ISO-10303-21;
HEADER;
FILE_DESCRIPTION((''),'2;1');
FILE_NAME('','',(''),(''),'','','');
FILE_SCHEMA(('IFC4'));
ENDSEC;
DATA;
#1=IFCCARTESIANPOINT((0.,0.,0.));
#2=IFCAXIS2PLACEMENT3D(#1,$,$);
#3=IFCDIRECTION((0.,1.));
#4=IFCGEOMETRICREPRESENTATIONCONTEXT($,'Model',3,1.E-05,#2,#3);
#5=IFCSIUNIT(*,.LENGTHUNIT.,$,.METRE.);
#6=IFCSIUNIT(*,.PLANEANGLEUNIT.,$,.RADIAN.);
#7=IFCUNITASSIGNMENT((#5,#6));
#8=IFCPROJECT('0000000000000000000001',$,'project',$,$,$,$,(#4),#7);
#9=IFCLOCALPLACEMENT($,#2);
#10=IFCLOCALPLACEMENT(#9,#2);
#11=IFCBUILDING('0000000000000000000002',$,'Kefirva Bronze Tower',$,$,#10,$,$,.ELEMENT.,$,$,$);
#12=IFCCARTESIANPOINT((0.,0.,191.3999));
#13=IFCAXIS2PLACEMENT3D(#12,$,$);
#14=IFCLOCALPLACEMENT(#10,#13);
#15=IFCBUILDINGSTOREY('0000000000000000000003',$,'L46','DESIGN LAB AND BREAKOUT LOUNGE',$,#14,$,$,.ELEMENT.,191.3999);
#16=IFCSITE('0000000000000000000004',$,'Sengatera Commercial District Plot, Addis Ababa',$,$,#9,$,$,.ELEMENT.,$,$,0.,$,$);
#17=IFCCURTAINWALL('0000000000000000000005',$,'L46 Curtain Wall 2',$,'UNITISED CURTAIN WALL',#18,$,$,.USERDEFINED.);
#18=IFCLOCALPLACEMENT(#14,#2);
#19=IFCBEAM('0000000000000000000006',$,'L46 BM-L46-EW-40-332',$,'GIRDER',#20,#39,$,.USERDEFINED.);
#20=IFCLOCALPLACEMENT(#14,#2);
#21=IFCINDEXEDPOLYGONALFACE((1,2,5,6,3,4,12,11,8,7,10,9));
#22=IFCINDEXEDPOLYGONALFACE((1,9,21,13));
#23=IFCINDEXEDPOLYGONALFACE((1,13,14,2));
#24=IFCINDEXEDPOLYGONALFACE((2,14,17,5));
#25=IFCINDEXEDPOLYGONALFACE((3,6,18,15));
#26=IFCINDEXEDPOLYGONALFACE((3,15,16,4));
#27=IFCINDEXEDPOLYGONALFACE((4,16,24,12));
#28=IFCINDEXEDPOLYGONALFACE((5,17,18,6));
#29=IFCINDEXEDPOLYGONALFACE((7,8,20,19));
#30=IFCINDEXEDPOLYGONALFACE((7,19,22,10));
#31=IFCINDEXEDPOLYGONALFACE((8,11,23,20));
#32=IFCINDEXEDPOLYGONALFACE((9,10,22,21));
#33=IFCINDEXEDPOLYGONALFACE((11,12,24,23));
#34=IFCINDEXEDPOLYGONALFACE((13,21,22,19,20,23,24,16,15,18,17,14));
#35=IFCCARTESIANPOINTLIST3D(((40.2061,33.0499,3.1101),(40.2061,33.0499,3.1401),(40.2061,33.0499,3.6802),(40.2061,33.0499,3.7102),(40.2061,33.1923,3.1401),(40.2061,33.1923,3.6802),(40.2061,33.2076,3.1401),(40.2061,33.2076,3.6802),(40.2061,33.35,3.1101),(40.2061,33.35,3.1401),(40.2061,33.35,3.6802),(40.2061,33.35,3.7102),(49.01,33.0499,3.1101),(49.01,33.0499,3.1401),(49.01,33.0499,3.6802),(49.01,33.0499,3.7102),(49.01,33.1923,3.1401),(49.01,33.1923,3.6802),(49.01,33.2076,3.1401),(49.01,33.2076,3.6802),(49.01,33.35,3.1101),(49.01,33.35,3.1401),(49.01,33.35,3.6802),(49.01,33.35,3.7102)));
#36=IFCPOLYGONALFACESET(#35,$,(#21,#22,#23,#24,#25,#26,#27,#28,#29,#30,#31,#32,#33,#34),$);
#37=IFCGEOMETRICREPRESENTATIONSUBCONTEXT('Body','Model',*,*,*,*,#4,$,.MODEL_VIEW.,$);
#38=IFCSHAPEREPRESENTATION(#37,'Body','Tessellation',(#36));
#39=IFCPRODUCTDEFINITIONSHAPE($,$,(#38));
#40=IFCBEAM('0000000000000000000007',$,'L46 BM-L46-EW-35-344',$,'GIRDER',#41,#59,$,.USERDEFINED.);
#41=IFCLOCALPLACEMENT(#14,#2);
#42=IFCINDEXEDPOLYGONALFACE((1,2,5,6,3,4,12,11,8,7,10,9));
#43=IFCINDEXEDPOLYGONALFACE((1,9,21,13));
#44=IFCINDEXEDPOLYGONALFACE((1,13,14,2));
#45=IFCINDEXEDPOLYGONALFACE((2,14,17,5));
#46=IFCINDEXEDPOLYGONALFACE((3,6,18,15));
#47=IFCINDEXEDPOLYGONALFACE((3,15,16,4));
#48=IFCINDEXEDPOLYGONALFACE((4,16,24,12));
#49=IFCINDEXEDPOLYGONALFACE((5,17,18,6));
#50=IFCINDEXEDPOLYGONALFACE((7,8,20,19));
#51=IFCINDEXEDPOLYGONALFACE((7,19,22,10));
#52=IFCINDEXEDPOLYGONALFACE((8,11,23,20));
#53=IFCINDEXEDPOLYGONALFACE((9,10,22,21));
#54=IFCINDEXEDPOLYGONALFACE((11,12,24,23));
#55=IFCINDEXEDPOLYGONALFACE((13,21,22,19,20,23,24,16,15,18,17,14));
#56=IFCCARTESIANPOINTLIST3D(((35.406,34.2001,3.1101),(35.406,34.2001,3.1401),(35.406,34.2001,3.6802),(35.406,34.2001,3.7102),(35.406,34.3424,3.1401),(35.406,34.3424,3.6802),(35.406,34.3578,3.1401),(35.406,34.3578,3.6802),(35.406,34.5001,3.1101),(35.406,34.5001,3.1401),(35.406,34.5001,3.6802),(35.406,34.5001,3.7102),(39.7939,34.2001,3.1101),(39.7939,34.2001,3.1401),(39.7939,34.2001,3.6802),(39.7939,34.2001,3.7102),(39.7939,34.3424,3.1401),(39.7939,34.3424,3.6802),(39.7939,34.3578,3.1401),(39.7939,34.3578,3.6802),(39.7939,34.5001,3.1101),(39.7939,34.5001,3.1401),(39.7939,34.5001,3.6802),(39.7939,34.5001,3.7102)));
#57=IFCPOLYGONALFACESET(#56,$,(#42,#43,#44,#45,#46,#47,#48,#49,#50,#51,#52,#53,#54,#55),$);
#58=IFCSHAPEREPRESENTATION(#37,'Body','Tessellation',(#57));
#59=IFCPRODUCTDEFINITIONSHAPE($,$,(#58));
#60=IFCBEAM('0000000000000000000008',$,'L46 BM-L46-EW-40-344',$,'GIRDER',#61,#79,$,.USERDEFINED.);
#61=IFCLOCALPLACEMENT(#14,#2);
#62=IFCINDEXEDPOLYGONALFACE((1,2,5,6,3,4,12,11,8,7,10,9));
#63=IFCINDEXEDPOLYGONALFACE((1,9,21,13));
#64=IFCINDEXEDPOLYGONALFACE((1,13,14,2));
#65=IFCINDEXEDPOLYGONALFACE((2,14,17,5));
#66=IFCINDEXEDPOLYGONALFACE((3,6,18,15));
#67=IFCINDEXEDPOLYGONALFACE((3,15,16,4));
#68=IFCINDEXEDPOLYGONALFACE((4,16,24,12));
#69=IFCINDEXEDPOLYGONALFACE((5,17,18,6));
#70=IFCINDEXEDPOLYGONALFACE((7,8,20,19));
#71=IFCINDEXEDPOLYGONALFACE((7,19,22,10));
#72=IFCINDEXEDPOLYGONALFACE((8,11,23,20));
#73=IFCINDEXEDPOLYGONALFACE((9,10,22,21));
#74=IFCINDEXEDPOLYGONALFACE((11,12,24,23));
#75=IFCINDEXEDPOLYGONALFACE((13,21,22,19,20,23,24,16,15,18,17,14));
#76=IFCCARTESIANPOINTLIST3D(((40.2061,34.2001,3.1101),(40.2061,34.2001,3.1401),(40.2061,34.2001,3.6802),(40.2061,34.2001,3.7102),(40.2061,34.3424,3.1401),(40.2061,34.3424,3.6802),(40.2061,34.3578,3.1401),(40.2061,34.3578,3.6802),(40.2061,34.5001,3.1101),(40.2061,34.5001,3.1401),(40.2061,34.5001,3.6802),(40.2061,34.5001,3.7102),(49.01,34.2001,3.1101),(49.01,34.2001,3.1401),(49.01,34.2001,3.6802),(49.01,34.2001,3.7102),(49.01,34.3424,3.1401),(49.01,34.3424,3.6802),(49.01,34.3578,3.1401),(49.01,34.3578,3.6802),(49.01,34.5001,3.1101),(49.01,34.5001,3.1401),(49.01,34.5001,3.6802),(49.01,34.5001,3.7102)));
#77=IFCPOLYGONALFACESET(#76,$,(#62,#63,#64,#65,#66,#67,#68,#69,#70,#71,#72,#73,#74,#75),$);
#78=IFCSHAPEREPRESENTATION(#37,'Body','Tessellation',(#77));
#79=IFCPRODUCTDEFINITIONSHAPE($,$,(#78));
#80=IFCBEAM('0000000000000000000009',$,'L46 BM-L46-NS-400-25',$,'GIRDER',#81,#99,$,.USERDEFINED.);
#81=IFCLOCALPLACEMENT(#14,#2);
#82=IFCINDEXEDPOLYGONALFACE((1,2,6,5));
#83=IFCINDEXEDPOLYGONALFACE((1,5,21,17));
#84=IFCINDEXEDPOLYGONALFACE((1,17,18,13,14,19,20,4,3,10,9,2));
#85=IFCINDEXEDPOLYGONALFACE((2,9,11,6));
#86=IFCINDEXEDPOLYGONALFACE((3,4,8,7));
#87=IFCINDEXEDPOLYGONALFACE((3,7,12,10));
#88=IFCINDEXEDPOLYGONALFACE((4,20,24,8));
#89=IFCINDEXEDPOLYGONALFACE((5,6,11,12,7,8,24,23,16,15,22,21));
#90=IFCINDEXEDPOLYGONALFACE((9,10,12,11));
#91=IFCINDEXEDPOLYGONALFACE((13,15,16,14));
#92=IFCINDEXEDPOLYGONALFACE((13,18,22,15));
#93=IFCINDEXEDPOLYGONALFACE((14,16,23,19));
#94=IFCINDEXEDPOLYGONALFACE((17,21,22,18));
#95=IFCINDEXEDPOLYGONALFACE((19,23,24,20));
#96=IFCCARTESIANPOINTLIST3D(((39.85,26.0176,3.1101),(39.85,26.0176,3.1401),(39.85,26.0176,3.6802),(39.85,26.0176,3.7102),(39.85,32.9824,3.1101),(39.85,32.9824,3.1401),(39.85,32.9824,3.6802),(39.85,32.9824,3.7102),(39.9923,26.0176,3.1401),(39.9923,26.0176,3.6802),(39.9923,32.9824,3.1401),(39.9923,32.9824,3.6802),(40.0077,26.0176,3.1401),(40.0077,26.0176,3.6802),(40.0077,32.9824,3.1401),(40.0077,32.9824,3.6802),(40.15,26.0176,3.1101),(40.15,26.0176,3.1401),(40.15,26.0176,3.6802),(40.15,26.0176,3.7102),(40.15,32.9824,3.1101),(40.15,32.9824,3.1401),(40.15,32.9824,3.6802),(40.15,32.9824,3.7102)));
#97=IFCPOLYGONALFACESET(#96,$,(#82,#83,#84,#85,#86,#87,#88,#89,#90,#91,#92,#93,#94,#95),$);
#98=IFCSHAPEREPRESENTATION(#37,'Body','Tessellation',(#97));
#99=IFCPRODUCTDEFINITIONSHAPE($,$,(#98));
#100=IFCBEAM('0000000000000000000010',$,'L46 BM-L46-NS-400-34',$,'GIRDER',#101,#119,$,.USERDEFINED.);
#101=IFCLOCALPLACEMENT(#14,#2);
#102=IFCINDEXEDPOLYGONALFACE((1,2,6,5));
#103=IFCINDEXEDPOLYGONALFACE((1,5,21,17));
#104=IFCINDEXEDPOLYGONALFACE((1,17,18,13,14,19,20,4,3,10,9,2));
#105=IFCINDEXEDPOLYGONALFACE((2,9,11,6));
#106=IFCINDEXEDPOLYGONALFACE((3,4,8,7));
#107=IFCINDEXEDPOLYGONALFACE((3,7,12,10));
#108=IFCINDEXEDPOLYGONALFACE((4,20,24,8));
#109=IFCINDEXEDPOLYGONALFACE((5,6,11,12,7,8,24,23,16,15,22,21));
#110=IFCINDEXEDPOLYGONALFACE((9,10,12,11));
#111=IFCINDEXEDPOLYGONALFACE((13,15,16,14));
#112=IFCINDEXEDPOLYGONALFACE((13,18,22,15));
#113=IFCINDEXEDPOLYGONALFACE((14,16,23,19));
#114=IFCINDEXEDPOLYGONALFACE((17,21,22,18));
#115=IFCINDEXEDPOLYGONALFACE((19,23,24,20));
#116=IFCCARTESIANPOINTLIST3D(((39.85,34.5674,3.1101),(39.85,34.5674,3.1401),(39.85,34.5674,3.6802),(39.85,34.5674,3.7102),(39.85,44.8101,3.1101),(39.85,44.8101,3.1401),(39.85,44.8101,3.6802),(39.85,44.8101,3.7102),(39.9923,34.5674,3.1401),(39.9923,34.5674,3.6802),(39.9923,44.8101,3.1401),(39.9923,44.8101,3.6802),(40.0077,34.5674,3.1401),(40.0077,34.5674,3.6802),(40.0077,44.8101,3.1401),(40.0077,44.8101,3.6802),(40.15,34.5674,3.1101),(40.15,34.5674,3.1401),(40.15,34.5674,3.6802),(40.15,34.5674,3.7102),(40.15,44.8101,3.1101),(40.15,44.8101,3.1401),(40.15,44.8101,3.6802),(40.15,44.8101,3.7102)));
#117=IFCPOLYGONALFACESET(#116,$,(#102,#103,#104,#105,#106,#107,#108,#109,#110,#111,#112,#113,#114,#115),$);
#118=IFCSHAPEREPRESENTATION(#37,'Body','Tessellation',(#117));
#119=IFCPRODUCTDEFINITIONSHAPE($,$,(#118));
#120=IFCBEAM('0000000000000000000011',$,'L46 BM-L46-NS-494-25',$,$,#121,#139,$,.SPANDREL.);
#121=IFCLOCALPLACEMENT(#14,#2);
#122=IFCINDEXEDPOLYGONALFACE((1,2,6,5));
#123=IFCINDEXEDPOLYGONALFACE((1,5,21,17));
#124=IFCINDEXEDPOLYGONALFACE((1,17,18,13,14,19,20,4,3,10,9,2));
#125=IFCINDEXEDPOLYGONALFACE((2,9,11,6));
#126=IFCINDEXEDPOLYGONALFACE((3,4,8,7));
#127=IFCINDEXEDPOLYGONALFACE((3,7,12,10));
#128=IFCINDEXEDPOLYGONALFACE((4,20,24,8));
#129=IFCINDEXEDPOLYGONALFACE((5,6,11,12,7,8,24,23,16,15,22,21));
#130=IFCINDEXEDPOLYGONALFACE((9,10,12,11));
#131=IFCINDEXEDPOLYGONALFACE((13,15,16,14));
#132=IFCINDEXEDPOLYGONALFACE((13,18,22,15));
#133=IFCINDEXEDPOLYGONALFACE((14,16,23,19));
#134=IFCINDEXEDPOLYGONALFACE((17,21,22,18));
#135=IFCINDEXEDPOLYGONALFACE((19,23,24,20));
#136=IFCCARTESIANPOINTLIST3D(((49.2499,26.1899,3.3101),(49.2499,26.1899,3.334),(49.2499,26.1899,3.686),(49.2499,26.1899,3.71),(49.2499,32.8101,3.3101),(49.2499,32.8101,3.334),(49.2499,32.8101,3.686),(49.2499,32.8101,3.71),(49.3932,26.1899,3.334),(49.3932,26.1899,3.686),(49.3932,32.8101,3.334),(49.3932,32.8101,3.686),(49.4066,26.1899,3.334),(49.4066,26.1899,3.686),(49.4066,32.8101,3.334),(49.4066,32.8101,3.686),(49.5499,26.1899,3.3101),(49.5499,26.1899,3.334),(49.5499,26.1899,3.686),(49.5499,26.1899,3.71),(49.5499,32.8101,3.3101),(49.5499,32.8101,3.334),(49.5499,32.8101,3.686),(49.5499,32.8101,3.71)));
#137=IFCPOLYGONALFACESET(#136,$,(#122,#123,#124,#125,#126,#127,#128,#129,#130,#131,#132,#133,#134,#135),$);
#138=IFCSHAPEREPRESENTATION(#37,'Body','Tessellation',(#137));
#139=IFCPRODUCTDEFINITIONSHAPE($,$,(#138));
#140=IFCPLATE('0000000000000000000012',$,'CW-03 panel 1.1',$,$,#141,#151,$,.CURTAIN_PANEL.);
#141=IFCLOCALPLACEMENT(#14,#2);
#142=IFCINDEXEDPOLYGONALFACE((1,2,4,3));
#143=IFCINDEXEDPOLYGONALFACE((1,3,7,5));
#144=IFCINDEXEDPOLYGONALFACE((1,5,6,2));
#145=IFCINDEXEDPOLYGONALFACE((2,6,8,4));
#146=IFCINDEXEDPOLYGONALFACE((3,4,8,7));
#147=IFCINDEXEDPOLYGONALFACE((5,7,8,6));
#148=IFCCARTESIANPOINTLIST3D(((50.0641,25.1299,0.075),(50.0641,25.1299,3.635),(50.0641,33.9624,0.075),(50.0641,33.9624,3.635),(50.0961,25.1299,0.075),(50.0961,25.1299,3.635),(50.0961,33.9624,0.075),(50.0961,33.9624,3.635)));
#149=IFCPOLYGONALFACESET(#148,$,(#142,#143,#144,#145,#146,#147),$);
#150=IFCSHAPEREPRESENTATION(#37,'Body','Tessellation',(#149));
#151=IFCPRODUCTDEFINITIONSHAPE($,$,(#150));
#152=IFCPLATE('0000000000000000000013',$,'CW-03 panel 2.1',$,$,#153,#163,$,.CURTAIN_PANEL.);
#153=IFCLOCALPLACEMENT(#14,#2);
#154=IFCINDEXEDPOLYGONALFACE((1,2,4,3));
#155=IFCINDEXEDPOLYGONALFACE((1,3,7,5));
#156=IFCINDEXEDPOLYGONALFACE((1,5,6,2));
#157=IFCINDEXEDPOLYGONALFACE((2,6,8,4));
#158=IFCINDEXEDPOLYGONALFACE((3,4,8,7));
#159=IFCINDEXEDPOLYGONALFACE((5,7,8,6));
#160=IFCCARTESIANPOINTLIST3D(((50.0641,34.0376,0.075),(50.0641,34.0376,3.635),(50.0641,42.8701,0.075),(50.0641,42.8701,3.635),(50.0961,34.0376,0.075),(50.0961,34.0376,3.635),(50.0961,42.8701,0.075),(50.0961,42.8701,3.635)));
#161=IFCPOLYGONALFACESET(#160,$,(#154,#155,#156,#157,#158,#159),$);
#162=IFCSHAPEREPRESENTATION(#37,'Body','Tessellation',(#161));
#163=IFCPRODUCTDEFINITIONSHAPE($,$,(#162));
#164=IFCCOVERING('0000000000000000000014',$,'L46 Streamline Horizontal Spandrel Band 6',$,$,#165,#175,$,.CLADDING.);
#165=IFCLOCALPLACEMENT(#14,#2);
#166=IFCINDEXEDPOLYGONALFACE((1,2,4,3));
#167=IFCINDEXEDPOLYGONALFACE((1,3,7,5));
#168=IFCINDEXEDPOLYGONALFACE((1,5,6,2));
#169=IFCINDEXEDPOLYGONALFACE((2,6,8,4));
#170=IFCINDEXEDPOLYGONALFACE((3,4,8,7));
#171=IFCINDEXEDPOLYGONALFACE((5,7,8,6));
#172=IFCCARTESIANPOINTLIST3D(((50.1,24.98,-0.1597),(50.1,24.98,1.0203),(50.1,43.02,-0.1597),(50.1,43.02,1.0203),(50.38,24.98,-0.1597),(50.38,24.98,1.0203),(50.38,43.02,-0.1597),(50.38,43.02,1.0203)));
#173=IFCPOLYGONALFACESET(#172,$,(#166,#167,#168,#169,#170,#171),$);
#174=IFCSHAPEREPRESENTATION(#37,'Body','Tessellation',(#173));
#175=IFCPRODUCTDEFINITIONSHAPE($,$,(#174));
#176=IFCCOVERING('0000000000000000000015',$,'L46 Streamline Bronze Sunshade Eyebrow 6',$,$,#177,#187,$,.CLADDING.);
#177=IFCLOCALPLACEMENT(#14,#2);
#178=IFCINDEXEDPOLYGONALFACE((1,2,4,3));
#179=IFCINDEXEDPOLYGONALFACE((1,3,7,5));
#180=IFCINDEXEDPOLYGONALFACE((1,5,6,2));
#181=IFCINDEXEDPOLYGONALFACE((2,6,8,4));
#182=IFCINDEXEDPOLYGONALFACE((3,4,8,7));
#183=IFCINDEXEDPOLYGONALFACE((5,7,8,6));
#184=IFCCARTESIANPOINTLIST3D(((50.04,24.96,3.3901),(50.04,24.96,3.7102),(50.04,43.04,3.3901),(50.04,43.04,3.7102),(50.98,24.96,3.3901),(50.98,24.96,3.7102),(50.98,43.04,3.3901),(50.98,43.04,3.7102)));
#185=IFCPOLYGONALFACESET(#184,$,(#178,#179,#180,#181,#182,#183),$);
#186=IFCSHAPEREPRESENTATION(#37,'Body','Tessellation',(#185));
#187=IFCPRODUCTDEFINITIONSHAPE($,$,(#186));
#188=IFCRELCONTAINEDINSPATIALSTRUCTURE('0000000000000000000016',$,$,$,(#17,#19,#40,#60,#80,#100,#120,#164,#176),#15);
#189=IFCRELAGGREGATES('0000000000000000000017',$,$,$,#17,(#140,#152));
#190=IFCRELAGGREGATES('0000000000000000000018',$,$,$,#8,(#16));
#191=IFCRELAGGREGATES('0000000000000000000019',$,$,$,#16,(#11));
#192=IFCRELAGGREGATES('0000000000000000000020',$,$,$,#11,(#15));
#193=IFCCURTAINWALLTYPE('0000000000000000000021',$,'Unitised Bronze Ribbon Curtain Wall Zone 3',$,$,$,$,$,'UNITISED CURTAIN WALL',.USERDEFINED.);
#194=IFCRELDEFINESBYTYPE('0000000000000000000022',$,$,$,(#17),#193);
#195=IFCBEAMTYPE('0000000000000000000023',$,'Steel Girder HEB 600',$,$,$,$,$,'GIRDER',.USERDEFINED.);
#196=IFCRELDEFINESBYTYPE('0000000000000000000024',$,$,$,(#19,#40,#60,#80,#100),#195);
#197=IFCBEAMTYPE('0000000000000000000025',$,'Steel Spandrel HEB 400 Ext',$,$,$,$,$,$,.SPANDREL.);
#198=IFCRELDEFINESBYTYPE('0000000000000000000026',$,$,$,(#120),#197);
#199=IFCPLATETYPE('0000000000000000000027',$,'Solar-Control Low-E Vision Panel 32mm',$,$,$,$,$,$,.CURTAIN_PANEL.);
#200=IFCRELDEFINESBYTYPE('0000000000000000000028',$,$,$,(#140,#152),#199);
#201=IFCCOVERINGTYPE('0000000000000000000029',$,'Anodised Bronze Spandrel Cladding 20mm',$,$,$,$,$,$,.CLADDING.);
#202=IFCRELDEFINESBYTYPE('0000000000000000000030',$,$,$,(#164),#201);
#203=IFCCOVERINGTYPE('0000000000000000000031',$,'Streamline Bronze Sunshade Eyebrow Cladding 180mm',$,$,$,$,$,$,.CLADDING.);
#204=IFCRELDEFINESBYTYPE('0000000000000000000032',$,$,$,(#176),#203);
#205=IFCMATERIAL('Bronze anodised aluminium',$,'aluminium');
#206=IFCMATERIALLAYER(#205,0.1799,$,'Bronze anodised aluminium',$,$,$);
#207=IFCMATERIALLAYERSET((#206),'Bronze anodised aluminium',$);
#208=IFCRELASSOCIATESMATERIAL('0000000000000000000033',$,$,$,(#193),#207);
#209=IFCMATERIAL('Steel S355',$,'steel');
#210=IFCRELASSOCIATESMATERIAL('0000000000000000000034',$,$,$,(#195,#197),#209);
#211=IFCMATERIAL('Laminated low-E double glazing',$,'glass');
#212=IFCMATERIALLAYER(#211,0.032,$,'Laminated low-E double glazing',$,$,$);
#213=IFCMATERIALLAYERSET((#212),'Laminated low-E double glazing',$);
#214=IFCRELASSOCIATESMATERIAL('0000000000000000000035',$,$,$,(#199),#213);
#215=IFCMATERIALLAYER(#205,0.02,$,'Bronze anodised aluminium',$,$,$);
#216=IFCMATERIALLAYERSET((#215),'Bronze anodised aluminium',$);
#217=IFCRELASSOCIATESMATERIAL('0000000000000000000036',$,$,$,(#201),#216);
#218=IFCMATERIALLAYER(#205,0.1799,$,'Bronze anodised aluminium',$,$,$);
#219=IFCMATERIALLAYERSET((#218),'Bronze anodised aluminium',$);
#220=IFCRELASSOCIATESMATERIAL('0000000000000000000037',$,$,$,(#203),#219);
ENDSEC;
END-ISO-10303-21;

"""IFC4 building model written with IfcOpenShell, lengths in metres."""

from ifc_helpers import new_model, si_unit, direction, frame, origin, origin_2d, place, context, subcontext, project, spatial, rectangle, i_section, extrude, material, layer, layer_set, material_profile, profile_set, type_object, element, aggregate, save


model = new_model("IFC4")

# Units and contexts
model_context = context("Model", 3, precision=1e-05, world=origin(), true_north=direction((0.0, 1.0)))
body_context = subcontext(model_context, "Body", "Model", "MODEL_VIEW")
ifc_project = project(units=[si_unit("LENGTHUNIT", "METRE"), si_unit("PLANEANGLEUNIT", "RADIAN")], contexts=[model_context])

# Site, building, storey
site_placement = place(None, origin())
site = spatial("IfcSite", under=ifc_project, at=site_placement, Name="Sengatera Commercial District Plot, Addis Ababa", CompositionType="ELEMENT", RefElevation=0.0)
building_placement = place(site_placement, origin())
building = spatial("IfcBuilding", under=site, at=building_placement, Name="Kefirva Bronze Tower", CompositionType="ELEMENT")
storey_placement = place(building_placement, frame((0.0, 0.0, 191.3999)))
storey = spatial("IfcBuildingStorey", under=building, at=storey_placement, Name="L46", Description="DESIGN LAB AND BREAKOUT LOUNGE", CompositionType="ELEMENT", Elevation=191.3999)

# Curtain wall
ifc_material_1 = material(Name="Bronze anodised aluminium", Category="aluminium")
ifc_layer_1 = layer(ifc_material_1, 0.1799, Name="Bronze anodised aluminium")
ifc_layer_set_1 = layer_set([ifc_layer_1], Name="Bronze anodised aluminium")
curtain_wall_type = type_object("IfcCurtainWallType", Name="Unitised Bronze Ribbon Curtain Wall Zone 3", ElementType="UNITISED CURTAIN WALL", PredefinedType="USERDEFINED", material=ifc_layer_set_1)
curtain_wall_placement = place(storey_placement, origin())
curtain_wall = element("IfcCurtainWall", 1, at=curtain_wall_placement, inside=storey, type_object=curtain_wall_type, Name="L46 Curtain Wall 2", ObjectType="UNITISED CURTAIN WALL", PredefinedType="USERDEFINED")

# Beams
ifc_material_2 = material(Name="Steel S355", Category="steel")
ifc_material_profile_1 = material_profile(ifc_material_2, i_section(OverallWidth=0.3, OverallDepth=0.6001, WebThickness=0.0154, FlangeThickness=0.03, at=origin_2d()), Name="HEB 600")
ifc_profile_set_1 = profile_set([ifc_material_profile_1], Name="Steel S355")
beam_type_1 = type_object("IfcBeamType", Name="Steel Girder HEB 600", ElementType="GIRDER", PredefinedType="USERDEFINED", material=ifc_profile_set_1)
beam_1_placement = place(storey_placement, frame((40.2061, 33.2, 3.4102), z_axis=(1.0, 0.0, 0.0), x_axis=(0.0, 1.0, 0.0)))
element("IfcBeam", 2, at=beam_1_placement, inside=storey, type_object=beam_type_1, Name="L46 BM-L46-EW-40-332", ObjectType="GIRDER", PredefinedType="USERDEFINED", context=body_context, shape_type="SweptSolid", body=[
    extrude(i_section(OverallWidth=0.3, OverallDepth=0.6001, WebThickness=0.0154, FlangeThickness=0.03, at=origin_2d()), origin(), (0.0, 0.0, 1.0), 8.804),
])
beam_2_placement = place(storey_placement, frame((35.406, 34.3501, 3.4102), z_axis=(1.0, 0.0, 0.0), x_axis=(0.0, 1.0, 0.0)))
element("IfcBeam", 3, at=beam_2_placement, inside=storey, type_object=beam_type_1, Name="L46 BM-L46-EW-35-344", ObjectType="GIRDER", PredefinedType="USERDEFINED", context=body_context, shape_type="SweptSolid", body=[
    extrude(i_section(OverallWidth=0.3, OverallDepth=0.6001, WebThickness=0.0154, FlangeThickness=0.03, at=origin_2d()), origin(), (0.0, 0.0, 1.0), 4.3879),
])
beam_3_placement = place(storey_placement, frame((40.2061, 34.3501, 3.4102), z_axis=(1.0, 0.0, 0.0), x_axis=(0.0, 1.0, 0.0)))
element("IfcBeam", 4, at=beam_3_placement, inside=storey, type_object=beam_type_1, Name="L46 BM-L46-EW-40-344", ObjectType="GIRDER", PredefinedType="USERDEFINED", context=body_context, shape_type="SweptSolid", body=[
    extrude(i_section(OverallWidth=0.3, OverallDepth=0.6001, WebThickness=0.0154, FlangeThickness=0.03, at=origin_2d()), origin(), (0.0, 0.0, 1.0), 8.804),
])
beam_4_placement = place(storey_placement, frame((40.0, 26.0176, 3.4102), z_axis=(0.0, 1.0, 0.0), x_axis=(-1.0, 0.0, 0.0)))
element("IfcBeam", 5, at=beam_4_placement, inside=storey, type_object=beam_type_1, Name="L46 BM-L46-NS-400-25", ObjectType="GIRDER", PredefinedType="USERDEFINED", context=body_context, shape_type="SweptSolid", body=[
    extrude(i_section(OverallWidth=0.3, OverallDepth=0.6001, WebThickness=0.0154, FlangeThickness=0.03, at=origin_2d()), origin(), (0.0, 0.0, 1.0), 6.9648),
])
beam_5_placement = place(storey_placement, frame((40.0, 34.5674, 3.4102), z_axis=(0.0, 1.0, 0.0), x_axis=(-1.0, 0.0, 0.0)))
element("IfcBeam", 6, at=beam_5_placement, inside=storey, type_object=beam_type_1, Name="L46 BM-L46-NS-400-34", ObjectType="GIRDER", PredefinedType="USERDEFINED", context=body_context, shape_type="SweptSolid", body=[
    extrude(i_section(OverallWidth=0.3, OverallDepth=0.6001, WebThickness=0.0154, FlangeThickness=0.03, at=origin_2d()), origin(), (0.0, 0.0, 1.0), 10.2427),
])
ifc_material_profile_2 = material_profile(ifc_material_2, i_section(OverallWidth=0.3, OverallDepth=0.3999, WebThickness=0.0134, FlangeThickness=0.0239, at=origin_2d()), Name="HEB 400")
ifc_profile_set_2 = profile_set([ifc_material_profile_2], Name="Steel S355")
beam_type_2 = type_object("IfcBeamType", Name="Steel Spandrel HEB 400 Ext", PredefinedType="SPANDREL", material=ifc_profile_set_2)
beam_6_placement = place(storey_placement, frame((49.3999, 26.1899, 3.51), z_axis=(0.0, 1.0, 0.0), x_axis=(-1.0, 0.0, 0.0)))
element("IfcBeam", 7, at=beam_6_placement, inside=storey, type_object=beam_type_2, Name="L46 BM-L46-NS-494-25", PredefinedType="SPANDREL", context=body_context, shape_type="SweptSolid", body=[
    extrude(i_section(OverallWidth=0.3, OverallDepth=0.3999, WebThickness=0.0134, FlangeThickness=0.0239, at=origin_2d()), origin(), (0.0, 0.0, 1.0), 6.6201),
])

# Plates
ifc_material_3 = material(Name="Laminated low-E double glazing", Category="glass")
ifc_layer_2 = layer(ifc_material_3, 0.032, Name="Laminated low-E double glazing")
ifc_layer_set_2 = layer_set([ifc_layer_2], Name="Laminated low-E double glazing")
plate_type = type_object("IfcPlateType", Name="Solar-Control Low-E Vision Panel 32mm", PredefinedType="CURTAIN_PANEL", material=ifc_layer_set_2)
plate_1_placement = place(storey_placement, frame((50.0801, 29.5461, 0.075), z_axis=(0.0, 0.0, 1.0), x_axis=(0.0, 1.0, 0.0)))
plate_1 = element("IfcPlate", 8, at=plate_1_placement, type_object=plate_type, Name="CW-03 panel 1.1", PredefinedType="CURTAIN_PANEL", context=body_context, shape_type="SweptSolid", body=[
    extrude(rectangle(XDim=8.8325, YDim=0.032, at=origin_2d()), origin(), (0.0, 0.0, 1.0), 3.5601),
])
plate_2_placement = place(storey_placement, frame((50.0801, 38.4539, 0.075), z_axis=(0.0, 0.0, 1.0), x_axis=(0.0, 1.0, 0.0)))
plate_2 = element("IfcPlate", 9, at=plate_2_placement, type_object=plate_type, Name="CW-03 panel 2.1", PredefinedType="CURTAIN_PANEL", context=body_context, shape_type="SweptSolid", body=[
    extrude(rectangle(XDim=8.8325, YDim=0.032, at=origin_2d()), origin(), (0.0, 0.0, 1.0), 3.5601),
])
aggregate(curtain_wall, [plate_1, plate_2])

# Coverings
ifc_layer_3 = layer(ifc_material_1, 0.02, Name="Bronze anodised aluminium")
ifc_layer_set_3 = layer_set([ifc_layer_3], Name="Bronze anodised aluminium")
covering_type_1 = type_object("IfcCoveringType", Name="Anodised Bronze Spandrel Cladding 20mm", PredefinedType="CLADDING", material=ifc_layer_set_3)
covering_1_placement = place(storey_placement, frame((50.24, 34.0, -0.1597), z_axis=(0.0, 0.0, 1.0), x_axis=(0.0, 1.0, 0.0)))
element("IfcCovering", 10, at=covering_1_placement, inside=storey, type_object=covering_type_1, Name="L46 Streamline Horizontal Spandrel Band 6", PredefinedType="CLADDING", context=body_context, shape_type="SweptSolid", body=[
    extrude(rectangle(XDim=18.04, YDim=0.28, at=origin_2d()), origin(), (0.0, 0.0, 1.0), 1.1799),
])
ifc_layer_4 = layer(ifc_material_1, 0.1799, Name="Bronze anodised aluminium")
ifc_layer_set_4 = layer_set([ifc_layer_4], Name="Bronze anodised aluminium")
covering_type_2 = type_object("IfcCoveringType", Name="Streamline Bronze Sunshade Eyebrow Cladding 180mm", PredefinedType="CLADDING", material=ifc_layer_set_4)
covering_2_placement = place(storey_placement, frame((50.51, 34.0, 3.3901), z_axis=(0.0, 0.0, 1.0), x_axis=(0.0, 1.0, 0.0)))
element("IfcCovering", 11, at=covering_2_placement, inside=storey, type_object=covering_type_2, Name="L46 Streamline Bronze Sunshade Eyebrow 6", PredefinedType="CLADDING", context=body_context, shape_type="SweptSolid", body=[
    extrude(rectangle(XDim=18.0801, YDim=0.9399, at=origin_2d()), origin(), (0.0, 0.0, 1.0), 0.3201),
])

save(model, "model.ifc")
